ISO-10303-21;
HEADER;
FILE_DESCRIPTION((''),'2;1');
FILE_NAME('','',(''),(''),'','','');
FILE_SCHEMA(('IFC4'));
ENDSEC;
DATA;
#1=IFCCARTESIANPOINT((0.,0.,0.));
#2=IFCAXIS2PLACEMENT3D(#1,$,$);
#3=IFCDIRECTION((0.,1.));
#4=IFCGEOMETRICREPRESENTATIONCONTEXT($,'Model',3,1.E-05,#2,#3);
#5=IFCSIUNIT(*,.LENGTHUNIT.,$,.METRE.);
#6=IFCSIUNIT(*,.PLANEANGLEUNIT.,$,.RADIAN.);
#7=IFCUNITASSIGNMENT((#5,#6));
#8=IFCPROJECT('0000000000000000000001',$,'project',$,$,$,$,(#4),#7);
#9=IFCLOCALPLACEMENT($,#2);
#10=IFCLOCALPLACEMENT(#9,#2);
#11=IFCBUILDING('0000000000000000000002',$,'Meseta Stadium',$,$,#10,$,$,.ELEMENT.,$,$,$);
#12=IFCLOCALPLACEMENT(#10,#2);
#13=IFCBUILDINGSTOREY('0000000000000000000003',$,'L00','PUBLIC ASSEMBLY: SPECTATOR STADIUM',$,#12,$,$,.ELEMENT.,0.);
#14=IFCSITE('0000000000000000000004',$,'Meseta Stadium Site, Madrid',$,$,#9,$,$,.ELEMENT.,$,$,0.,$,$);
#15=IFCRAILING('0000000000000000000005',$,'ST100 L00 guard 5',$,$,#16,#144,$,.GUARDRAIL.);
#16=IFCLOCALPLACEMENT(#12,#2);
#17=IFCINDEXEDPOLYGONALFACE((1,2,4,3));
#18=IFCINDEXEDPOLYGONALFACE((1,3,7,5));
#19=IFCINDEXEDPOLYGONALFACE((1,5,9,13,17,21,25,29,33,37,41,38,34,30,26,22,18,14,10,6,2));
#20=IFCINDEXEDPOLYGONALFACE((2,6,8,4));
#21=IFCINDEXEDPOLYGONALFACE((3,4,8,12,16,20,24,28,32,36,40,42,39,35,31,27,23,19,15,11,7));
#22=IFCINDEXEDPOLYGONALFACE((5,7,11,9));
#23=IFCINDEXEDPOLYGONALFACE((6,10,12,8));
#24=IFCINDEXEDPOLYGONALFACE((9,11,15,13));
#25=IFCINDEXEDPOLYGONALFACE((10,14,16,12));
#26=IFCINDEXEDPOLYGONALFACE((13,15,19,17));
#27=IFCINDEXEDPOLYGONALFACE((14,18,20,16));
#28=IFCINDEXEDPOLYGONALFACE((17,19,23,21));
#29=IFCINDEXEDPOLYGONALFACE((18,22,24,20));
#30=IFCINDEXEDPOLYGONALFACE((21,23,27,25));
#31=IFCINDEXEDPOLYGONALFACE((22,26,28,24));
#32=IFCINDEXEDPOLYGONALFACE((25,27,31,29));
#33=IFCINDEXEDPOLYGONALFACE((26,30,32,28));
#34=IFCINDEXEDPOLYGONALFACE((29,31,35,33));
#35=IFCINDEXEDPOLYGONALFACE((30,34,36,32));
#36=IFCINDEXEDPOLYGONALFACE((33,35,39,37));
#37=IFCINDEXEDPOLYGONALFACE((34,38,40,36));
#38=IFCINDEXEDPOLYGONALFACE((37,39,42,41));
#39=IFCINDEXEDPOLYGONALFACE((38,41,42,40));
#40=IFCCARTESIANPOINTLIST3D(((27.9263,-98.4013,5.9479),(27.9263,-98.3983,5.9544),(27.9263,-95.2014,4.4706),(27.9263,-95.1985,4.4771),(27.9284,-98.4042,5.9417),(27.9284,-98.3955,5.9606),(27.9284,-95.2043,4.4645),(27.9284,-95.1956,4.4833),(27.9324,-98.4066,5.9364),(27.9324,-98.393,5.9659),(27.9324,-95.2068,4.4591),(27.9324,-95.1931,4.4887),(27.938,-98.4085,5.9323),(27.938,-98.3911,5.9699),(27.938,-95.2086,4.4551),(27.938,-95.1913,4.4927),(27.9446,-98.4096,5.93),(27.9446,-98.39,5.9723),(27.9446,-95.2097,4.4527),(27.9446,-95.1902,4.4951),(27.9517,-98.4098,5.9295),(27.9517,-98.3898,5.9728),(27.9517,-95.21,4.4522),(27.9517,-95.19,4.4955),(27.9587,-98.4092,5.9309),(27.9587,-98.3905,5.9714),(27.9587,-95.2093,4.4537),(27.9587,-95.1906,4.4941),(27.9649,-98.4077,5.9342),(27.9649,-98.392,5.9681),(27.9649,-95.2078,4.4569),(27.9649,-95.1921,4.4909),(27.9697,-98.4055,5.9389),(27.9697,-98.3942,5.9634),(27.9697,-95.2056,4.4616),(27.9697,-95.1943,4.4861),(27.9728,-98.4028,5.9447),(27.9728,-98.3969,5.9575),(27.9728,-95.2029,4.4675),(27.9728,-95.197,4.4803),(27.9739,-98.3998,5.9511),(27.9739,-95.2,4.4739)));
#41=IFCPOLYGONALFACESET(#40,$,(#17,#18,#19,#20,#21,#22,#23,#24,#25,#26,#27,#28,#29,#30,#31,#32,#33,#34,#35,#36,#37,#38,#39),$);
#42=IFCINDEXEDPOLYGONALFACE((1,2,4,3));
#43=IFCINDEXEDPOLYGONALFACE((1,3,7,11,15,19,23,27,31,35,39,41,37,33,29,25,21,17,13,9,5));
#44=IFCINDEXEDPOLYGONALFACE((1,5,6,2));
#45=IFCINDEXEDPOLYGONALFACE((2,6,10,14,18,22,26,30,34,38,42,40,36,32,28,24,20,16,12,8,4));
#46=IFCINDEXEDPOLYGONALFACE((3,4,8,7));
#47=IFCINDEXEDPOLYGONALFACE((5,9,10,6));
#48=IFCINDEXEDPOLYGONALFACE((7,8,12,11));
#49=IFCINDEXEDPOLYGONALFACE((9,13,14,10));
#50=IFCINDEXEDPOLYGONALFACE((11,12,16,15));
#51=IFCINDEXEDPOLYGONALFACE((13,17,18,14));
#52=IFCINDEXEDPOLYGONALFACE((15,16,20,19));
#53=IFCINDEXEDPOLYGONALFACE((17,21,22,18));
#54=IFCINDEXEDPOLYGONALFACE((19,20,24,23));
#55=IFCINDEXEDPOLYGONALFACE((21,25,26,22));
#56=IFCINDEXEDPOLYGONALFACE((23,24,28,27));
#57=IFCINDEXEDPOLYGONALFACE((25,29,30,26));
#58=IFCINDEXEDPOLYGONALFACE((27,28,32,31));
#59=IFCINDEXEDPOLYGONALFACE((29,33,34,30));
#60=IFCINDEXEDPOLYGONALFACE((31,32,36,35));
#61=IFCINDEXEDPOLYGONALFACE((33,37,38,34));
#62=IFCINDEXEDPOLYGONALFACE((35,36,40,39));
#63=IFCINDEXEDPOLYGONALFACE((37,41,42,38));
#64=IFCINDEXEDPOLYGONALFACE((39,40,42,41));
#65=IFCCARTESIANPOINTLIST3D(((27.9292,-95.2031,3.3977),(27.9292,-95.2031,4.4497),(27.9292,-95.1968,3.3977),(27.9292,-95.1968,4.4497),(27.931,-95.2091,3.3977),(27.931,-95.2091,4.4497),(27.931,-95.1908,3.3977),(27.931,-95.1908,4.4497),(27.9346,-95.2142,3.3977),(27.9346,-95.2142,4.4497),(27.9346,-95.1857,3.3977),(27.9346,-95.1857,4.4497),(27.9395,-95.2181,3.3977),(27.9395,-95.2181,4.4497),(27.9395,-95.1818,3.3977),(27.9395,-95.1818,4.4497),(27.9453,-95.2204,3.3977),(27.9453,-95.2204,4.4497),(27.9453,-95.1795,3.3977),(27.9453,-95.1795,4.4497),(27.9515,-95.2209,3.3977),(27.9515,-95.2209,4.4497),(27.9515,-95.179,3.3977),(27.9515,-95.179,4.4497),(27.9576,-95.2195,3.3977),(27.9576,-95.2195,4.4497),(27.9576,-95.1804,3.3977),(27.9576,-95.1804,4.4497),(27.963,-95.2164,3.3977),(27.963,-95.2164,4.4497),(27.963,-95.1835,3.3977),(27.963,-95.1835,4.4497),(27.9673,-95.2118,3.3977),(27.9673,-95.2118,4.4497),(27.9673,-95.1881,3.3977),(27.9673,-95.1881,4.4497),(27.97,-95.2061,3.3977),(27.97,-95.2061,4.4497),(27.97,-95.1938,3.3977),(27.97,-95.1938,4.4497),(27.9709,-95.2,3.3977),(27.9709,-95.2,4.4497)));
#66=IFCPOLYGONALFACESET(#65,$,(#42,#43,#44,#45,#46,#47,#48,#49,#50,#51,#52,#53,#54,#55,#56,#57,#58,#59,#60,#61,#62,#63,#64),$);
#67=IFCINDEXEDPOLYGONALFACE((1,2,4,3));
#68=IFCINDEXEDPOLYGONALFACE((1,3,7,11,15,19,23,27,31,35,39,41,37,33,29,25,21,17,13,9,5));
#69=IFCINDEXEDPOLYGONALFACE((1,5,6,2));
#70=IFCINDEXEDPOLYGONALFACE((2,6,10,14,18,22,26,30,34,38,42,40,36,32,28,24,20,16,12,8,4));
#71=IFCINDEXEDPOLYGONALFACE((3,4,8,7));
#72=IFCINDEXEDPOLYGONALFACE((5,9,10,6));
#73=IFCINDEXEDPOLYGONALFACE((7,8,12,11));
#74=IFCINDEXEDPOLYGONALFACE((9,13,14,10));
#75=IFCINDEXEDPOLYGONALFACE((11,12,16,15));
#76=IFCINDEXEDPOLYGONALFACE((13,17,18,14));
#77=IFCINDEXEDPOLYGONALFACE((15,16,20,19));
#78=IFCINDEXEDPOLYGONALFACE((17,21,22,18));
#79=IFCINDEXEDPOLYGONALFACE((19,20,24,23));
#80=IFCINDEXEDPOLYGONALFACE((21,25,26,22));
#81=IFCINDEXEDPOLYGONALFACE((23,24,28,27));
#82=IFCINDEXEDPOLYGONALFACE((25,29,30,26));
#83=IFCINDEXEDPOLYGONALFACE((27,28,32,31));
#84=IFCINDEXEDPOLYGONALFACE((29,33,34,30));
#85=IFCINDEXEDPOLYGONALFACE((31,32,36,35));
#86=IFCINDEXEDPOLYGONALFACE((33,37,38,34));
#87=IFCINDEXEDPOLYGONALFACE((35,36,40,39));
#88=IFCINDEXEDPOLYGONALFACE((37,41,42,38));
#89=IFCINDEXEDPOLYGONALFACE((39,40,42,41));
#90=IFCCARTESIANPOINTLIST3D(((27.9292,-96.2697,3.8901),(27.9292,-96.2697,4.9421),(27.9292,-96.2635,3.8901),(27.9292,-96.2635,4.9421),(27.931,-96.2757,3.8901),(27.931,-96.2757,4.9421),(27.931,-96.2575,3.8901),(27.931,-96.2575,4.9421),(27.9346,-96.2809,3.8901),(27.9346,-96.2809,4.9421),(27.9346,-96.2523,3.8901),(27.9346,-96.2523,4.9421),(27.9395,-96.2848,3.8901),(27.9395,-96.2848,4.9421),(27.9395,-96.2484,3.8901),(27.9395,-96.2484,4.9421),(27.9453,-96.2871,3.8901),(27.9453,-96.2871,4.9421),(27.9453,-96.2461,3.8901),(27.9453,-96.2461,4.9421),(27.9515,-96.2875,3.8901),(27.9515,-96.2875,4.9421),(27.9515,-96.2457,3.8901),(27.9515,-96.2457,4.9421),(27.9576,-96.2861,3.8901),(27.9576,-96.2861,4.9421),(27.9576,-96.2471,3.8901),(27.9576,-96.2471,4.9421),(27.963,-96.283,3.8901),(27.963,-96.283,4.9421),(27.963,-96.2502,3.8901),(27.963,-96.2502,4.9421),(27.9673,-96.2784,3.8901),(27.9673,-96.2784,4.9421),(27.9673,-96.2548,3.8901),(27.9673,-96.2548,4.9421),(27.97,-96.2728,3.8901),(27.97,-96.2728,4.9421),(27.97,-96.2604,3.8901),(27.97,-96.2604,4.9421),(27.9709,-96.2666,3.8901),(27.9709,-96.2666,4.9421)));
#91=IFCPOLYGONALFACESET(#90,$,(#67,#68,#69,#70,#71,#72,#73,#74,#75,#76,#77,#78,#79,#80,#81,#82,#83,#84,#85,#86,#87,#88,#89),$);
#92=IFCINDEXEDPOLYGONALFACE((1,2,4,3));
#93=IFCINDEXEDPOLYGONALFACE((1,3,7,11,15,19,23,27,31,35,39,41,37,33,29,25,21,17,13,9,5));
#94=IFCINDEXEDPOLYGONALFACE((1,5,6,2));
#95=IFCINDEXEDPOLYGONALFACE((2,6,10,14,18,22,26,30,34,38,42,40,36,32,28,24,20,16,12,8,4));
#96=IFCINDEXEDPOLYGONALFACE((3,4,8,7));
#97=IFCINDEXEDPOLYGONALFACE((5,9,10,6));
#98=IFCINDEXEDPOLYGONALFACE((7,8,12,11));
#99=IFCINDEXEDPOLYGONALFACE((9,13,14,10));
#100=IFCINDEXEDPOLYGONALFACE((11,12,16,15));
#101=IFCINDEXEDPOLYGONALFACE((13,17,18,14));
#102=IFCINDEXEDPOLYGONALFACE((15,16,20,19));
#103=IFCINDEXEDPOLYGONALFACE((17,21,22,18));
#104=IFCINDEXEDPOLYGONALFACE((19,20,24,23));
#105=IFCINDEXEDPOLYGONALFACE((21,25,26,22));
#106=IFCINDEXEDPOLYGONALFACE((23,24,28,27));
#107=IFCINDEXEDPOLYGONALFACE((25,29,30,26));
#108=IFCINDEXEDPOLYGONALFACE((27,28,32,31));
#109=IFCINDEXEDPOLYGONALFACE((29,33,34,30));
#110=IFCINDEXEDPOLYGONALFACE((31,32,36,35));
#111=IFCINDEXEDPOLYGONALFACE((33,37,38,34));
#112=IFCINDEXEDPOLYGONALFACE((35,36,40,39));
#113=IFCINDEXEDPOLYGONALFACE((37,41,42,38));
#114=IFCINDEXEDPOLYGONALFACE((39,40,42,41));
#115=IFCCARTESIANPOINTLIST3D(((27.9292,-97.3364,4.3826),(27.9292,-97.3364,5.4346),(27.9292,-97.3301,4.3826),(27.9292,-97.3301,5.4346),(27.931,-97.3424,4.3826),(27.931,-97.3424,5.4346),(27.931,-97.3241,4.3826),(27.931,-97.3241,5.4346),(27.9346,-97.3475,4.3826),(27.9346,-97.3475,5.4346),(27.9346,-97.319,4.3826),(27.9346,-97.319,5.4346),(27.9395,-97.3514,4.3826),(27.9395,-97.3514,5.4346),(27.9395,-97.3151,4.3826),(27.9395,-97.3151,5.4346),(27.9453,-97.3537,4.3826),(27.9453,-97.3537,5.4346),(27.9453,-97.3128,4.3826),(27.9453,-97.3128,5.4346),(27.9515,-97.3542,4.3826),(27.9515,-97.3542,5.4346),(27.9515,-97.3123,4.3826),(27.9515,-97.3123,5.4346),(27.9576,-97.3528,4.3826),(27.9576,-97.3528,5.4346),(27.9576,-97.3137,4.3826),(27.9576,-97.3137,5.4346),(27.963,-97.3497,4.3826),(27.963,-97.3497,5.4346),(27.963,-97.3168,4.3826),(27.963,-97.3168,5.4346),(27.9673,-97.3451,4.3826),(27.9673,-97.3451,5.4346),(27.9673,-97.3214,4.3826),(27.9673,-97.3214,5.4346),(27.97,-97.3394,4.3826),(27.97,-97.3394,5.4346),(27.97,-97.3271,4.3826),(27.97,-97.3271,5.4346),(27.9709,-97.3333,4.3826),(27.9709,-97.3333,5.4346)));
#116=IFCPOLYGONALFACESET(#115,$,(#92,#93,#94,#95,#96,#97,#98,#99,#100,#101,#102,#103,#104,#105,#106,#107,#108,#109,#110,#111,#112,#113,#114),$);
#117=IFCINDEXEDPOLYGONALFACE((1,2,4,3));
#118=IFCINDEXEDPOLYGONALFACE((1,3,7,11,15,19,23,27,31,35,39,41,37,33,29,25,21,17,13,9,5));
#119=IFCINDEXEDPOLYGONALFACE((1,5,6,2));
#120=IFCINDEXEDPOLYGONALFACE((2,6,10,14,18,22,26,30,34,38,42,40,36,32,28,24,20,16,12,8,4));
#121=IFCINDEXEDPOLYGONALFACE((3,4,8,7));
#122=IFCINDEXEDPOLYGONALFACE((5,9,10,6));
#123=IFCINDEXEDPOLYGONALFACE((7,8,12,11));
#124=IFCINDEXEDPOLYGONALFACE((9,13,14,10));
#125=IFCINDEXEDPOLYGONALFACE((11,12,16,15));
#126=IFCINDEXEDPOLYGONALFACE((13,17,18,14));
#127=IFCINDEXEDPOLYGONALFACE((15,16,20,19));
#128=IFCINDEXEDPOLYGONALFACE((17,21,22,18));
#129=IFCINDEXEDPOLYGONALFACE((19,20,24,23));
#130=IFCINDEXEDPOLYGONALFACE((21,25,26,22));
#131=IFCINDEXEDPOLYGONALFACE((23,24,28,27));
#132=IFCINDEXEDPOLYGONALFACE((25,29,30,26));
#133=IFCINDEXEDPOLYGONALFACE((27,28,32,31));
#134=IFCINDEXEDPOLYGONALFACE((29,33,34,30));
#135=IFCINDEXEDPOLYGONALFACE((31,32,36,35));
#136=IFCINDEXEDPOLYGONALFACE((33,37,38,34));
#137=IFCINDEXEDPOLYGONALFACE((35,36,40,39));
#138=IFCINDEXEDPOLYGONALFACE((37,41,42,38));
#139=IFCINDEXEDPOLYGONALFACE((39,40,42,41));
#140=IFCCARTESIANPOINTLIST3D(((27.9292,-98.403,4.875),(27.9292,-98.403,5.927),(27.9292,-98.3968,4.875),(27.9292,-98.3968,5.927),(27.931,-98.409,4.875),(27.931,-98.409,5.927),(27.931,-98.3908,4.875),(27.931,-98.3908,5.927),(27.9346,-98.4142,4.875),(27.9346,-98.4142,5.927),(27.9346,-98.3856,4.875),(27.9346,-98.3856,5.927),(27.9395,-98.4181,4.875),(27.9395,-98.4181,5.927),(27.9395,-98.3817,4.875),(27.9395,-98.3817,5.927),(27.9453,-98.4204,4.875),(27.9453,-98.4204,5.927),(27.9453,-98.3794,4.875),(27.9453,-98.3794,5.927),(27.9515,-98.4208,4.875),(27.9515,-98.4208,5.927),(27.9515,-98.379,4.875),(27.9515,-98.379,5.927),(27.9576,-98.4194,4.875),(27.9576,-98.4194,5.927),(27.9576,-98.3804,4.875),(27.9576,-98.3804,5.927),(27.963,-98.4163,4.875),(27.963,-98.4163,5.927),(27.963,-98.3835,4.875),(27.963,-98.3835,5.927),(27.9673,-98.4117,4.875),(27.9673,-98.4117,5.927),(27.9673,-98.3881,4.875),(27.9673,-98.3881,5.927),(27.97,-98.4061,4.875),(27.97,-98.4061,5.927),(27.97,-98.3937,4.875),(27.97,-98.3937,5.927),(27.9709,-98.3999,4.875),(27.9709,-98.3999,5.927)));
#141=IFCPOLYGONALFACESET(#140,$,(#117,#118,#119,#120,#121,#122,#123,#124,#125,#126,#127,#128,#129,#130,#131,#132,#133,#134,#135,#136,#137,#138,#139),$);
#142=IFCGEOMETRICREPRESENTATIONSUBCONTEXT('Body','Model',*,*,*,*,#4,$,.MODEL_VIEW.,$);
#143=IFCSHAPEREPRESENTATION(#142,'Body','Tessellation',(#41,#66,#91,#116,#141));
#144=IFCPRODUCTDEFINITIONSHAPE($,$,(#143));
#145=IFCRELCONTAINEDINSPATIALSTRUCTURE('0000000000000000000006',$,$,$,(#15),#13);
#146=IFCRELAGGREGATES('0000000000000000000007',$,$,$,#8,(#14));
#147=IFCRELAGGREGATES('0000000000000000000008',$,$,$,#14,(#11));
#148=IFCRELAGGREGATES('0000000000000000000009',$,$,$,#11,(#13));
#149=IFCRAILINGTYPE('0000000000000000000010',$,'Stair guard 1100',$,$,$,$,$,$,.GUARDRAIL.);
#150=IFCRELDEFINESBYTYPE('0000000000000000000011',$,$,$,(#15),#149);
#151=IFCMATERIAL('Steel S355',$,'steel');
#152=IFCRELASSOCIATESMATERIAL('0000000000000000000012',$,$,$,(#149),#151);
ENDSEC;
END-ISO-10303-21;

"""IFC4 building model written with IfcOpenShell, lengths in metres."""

from ifc_helpers import new_model, si_unit, direction, frame, origin, origin_2d, place, context, subcontext, project, spatial, circle, extrude, material, type_object, element, save


model = new_model("IFC4")

# Units and contexts
model_context = context("Model", 3, precision=1e-05, world=origin(), true_north=direction((0.0, 1.0)))
body_context = subcontext(model_context, "Body", "Model", "MODEL_VIEW")
ifc_project = project(units=[si_unit("LENGTHUNIT", "METRE"), si_unit("PLANEANGLEUNIT", "RADIAN")], contexts=[model_context])

# Site, building, storey
site_placement = place(None, origin())
site = spatial("IfcSite", under=ifc_project, at=site_placement, Name="Meseta Stadium Site, Madrid", CompositionType="ELEMENT", RefElevation=0.0)
building_placement = place(site_placement, origin())
building = spatial("IfcBuilding", under=site, at=building_placement, Name="Meseta Stadium", CompositionType="ELEMENT")
storey_placement = place(building_placement, origin())
storey = spatial("IfcBuildingStorey", under=building, at=storey_placement, Name="L00", Description="PUBLIC ASSEMBLY: SPECTATOR STADIUM", CompositionType="ELEMENT", Elevation=0.0)

# Railing
ifc_material_1 = material(Name="Steel S355", Category="steel")
railing_type_1 = type_object("IfcRailingType", Name="Stair guard 1100", PredefinedType="GUARDRAIL", material=ifc_material_1)
railing_1_placement = place(storey_placement, frame((27.95, -95.2, 3.3977)))
element("IfcRailing", 1, at=railing_1_placement, inside=storey, type_object=railing_type_1, Name="ST100 L00 guard 5", PredefinedType="GUARDRAIL", context=body_context, shape_type="SweptSolid", body=[
    extrude(circle(Radius=0.0239, at=origin_2d()), frame((0.0, 0.0, 1.0762), z_axis=(0.0, -0.907917, 0.41915), x_axis=(1.0, 0.0, 0.0)), (0.0, 0.0, 1.0), 3.5244),
    extrude(circle(Radius=0.021, at=origin_2d()), origin(), (0.0, 0.0, 1.0), 1.052),
    extrude(circle(Radius=0.021, at=origin_2d()), frame((0.0, -1.0667, 0.4924)), (0.0, 0.0, 1.0), 1.052),
    extrude(circle(Radius=0.021, at=origin_2d()), frame((0.0, -2.1333, 0.9849)), (0.0, 0.0, 1.0), 1.052),
    extrude(circle(Radius=0.021, at=origin_2d()), frame((0.0, -3.2, 1.4773)), (0.0, 0.0, 1.0), 1.052),
])

save(model, "model.ifc")
